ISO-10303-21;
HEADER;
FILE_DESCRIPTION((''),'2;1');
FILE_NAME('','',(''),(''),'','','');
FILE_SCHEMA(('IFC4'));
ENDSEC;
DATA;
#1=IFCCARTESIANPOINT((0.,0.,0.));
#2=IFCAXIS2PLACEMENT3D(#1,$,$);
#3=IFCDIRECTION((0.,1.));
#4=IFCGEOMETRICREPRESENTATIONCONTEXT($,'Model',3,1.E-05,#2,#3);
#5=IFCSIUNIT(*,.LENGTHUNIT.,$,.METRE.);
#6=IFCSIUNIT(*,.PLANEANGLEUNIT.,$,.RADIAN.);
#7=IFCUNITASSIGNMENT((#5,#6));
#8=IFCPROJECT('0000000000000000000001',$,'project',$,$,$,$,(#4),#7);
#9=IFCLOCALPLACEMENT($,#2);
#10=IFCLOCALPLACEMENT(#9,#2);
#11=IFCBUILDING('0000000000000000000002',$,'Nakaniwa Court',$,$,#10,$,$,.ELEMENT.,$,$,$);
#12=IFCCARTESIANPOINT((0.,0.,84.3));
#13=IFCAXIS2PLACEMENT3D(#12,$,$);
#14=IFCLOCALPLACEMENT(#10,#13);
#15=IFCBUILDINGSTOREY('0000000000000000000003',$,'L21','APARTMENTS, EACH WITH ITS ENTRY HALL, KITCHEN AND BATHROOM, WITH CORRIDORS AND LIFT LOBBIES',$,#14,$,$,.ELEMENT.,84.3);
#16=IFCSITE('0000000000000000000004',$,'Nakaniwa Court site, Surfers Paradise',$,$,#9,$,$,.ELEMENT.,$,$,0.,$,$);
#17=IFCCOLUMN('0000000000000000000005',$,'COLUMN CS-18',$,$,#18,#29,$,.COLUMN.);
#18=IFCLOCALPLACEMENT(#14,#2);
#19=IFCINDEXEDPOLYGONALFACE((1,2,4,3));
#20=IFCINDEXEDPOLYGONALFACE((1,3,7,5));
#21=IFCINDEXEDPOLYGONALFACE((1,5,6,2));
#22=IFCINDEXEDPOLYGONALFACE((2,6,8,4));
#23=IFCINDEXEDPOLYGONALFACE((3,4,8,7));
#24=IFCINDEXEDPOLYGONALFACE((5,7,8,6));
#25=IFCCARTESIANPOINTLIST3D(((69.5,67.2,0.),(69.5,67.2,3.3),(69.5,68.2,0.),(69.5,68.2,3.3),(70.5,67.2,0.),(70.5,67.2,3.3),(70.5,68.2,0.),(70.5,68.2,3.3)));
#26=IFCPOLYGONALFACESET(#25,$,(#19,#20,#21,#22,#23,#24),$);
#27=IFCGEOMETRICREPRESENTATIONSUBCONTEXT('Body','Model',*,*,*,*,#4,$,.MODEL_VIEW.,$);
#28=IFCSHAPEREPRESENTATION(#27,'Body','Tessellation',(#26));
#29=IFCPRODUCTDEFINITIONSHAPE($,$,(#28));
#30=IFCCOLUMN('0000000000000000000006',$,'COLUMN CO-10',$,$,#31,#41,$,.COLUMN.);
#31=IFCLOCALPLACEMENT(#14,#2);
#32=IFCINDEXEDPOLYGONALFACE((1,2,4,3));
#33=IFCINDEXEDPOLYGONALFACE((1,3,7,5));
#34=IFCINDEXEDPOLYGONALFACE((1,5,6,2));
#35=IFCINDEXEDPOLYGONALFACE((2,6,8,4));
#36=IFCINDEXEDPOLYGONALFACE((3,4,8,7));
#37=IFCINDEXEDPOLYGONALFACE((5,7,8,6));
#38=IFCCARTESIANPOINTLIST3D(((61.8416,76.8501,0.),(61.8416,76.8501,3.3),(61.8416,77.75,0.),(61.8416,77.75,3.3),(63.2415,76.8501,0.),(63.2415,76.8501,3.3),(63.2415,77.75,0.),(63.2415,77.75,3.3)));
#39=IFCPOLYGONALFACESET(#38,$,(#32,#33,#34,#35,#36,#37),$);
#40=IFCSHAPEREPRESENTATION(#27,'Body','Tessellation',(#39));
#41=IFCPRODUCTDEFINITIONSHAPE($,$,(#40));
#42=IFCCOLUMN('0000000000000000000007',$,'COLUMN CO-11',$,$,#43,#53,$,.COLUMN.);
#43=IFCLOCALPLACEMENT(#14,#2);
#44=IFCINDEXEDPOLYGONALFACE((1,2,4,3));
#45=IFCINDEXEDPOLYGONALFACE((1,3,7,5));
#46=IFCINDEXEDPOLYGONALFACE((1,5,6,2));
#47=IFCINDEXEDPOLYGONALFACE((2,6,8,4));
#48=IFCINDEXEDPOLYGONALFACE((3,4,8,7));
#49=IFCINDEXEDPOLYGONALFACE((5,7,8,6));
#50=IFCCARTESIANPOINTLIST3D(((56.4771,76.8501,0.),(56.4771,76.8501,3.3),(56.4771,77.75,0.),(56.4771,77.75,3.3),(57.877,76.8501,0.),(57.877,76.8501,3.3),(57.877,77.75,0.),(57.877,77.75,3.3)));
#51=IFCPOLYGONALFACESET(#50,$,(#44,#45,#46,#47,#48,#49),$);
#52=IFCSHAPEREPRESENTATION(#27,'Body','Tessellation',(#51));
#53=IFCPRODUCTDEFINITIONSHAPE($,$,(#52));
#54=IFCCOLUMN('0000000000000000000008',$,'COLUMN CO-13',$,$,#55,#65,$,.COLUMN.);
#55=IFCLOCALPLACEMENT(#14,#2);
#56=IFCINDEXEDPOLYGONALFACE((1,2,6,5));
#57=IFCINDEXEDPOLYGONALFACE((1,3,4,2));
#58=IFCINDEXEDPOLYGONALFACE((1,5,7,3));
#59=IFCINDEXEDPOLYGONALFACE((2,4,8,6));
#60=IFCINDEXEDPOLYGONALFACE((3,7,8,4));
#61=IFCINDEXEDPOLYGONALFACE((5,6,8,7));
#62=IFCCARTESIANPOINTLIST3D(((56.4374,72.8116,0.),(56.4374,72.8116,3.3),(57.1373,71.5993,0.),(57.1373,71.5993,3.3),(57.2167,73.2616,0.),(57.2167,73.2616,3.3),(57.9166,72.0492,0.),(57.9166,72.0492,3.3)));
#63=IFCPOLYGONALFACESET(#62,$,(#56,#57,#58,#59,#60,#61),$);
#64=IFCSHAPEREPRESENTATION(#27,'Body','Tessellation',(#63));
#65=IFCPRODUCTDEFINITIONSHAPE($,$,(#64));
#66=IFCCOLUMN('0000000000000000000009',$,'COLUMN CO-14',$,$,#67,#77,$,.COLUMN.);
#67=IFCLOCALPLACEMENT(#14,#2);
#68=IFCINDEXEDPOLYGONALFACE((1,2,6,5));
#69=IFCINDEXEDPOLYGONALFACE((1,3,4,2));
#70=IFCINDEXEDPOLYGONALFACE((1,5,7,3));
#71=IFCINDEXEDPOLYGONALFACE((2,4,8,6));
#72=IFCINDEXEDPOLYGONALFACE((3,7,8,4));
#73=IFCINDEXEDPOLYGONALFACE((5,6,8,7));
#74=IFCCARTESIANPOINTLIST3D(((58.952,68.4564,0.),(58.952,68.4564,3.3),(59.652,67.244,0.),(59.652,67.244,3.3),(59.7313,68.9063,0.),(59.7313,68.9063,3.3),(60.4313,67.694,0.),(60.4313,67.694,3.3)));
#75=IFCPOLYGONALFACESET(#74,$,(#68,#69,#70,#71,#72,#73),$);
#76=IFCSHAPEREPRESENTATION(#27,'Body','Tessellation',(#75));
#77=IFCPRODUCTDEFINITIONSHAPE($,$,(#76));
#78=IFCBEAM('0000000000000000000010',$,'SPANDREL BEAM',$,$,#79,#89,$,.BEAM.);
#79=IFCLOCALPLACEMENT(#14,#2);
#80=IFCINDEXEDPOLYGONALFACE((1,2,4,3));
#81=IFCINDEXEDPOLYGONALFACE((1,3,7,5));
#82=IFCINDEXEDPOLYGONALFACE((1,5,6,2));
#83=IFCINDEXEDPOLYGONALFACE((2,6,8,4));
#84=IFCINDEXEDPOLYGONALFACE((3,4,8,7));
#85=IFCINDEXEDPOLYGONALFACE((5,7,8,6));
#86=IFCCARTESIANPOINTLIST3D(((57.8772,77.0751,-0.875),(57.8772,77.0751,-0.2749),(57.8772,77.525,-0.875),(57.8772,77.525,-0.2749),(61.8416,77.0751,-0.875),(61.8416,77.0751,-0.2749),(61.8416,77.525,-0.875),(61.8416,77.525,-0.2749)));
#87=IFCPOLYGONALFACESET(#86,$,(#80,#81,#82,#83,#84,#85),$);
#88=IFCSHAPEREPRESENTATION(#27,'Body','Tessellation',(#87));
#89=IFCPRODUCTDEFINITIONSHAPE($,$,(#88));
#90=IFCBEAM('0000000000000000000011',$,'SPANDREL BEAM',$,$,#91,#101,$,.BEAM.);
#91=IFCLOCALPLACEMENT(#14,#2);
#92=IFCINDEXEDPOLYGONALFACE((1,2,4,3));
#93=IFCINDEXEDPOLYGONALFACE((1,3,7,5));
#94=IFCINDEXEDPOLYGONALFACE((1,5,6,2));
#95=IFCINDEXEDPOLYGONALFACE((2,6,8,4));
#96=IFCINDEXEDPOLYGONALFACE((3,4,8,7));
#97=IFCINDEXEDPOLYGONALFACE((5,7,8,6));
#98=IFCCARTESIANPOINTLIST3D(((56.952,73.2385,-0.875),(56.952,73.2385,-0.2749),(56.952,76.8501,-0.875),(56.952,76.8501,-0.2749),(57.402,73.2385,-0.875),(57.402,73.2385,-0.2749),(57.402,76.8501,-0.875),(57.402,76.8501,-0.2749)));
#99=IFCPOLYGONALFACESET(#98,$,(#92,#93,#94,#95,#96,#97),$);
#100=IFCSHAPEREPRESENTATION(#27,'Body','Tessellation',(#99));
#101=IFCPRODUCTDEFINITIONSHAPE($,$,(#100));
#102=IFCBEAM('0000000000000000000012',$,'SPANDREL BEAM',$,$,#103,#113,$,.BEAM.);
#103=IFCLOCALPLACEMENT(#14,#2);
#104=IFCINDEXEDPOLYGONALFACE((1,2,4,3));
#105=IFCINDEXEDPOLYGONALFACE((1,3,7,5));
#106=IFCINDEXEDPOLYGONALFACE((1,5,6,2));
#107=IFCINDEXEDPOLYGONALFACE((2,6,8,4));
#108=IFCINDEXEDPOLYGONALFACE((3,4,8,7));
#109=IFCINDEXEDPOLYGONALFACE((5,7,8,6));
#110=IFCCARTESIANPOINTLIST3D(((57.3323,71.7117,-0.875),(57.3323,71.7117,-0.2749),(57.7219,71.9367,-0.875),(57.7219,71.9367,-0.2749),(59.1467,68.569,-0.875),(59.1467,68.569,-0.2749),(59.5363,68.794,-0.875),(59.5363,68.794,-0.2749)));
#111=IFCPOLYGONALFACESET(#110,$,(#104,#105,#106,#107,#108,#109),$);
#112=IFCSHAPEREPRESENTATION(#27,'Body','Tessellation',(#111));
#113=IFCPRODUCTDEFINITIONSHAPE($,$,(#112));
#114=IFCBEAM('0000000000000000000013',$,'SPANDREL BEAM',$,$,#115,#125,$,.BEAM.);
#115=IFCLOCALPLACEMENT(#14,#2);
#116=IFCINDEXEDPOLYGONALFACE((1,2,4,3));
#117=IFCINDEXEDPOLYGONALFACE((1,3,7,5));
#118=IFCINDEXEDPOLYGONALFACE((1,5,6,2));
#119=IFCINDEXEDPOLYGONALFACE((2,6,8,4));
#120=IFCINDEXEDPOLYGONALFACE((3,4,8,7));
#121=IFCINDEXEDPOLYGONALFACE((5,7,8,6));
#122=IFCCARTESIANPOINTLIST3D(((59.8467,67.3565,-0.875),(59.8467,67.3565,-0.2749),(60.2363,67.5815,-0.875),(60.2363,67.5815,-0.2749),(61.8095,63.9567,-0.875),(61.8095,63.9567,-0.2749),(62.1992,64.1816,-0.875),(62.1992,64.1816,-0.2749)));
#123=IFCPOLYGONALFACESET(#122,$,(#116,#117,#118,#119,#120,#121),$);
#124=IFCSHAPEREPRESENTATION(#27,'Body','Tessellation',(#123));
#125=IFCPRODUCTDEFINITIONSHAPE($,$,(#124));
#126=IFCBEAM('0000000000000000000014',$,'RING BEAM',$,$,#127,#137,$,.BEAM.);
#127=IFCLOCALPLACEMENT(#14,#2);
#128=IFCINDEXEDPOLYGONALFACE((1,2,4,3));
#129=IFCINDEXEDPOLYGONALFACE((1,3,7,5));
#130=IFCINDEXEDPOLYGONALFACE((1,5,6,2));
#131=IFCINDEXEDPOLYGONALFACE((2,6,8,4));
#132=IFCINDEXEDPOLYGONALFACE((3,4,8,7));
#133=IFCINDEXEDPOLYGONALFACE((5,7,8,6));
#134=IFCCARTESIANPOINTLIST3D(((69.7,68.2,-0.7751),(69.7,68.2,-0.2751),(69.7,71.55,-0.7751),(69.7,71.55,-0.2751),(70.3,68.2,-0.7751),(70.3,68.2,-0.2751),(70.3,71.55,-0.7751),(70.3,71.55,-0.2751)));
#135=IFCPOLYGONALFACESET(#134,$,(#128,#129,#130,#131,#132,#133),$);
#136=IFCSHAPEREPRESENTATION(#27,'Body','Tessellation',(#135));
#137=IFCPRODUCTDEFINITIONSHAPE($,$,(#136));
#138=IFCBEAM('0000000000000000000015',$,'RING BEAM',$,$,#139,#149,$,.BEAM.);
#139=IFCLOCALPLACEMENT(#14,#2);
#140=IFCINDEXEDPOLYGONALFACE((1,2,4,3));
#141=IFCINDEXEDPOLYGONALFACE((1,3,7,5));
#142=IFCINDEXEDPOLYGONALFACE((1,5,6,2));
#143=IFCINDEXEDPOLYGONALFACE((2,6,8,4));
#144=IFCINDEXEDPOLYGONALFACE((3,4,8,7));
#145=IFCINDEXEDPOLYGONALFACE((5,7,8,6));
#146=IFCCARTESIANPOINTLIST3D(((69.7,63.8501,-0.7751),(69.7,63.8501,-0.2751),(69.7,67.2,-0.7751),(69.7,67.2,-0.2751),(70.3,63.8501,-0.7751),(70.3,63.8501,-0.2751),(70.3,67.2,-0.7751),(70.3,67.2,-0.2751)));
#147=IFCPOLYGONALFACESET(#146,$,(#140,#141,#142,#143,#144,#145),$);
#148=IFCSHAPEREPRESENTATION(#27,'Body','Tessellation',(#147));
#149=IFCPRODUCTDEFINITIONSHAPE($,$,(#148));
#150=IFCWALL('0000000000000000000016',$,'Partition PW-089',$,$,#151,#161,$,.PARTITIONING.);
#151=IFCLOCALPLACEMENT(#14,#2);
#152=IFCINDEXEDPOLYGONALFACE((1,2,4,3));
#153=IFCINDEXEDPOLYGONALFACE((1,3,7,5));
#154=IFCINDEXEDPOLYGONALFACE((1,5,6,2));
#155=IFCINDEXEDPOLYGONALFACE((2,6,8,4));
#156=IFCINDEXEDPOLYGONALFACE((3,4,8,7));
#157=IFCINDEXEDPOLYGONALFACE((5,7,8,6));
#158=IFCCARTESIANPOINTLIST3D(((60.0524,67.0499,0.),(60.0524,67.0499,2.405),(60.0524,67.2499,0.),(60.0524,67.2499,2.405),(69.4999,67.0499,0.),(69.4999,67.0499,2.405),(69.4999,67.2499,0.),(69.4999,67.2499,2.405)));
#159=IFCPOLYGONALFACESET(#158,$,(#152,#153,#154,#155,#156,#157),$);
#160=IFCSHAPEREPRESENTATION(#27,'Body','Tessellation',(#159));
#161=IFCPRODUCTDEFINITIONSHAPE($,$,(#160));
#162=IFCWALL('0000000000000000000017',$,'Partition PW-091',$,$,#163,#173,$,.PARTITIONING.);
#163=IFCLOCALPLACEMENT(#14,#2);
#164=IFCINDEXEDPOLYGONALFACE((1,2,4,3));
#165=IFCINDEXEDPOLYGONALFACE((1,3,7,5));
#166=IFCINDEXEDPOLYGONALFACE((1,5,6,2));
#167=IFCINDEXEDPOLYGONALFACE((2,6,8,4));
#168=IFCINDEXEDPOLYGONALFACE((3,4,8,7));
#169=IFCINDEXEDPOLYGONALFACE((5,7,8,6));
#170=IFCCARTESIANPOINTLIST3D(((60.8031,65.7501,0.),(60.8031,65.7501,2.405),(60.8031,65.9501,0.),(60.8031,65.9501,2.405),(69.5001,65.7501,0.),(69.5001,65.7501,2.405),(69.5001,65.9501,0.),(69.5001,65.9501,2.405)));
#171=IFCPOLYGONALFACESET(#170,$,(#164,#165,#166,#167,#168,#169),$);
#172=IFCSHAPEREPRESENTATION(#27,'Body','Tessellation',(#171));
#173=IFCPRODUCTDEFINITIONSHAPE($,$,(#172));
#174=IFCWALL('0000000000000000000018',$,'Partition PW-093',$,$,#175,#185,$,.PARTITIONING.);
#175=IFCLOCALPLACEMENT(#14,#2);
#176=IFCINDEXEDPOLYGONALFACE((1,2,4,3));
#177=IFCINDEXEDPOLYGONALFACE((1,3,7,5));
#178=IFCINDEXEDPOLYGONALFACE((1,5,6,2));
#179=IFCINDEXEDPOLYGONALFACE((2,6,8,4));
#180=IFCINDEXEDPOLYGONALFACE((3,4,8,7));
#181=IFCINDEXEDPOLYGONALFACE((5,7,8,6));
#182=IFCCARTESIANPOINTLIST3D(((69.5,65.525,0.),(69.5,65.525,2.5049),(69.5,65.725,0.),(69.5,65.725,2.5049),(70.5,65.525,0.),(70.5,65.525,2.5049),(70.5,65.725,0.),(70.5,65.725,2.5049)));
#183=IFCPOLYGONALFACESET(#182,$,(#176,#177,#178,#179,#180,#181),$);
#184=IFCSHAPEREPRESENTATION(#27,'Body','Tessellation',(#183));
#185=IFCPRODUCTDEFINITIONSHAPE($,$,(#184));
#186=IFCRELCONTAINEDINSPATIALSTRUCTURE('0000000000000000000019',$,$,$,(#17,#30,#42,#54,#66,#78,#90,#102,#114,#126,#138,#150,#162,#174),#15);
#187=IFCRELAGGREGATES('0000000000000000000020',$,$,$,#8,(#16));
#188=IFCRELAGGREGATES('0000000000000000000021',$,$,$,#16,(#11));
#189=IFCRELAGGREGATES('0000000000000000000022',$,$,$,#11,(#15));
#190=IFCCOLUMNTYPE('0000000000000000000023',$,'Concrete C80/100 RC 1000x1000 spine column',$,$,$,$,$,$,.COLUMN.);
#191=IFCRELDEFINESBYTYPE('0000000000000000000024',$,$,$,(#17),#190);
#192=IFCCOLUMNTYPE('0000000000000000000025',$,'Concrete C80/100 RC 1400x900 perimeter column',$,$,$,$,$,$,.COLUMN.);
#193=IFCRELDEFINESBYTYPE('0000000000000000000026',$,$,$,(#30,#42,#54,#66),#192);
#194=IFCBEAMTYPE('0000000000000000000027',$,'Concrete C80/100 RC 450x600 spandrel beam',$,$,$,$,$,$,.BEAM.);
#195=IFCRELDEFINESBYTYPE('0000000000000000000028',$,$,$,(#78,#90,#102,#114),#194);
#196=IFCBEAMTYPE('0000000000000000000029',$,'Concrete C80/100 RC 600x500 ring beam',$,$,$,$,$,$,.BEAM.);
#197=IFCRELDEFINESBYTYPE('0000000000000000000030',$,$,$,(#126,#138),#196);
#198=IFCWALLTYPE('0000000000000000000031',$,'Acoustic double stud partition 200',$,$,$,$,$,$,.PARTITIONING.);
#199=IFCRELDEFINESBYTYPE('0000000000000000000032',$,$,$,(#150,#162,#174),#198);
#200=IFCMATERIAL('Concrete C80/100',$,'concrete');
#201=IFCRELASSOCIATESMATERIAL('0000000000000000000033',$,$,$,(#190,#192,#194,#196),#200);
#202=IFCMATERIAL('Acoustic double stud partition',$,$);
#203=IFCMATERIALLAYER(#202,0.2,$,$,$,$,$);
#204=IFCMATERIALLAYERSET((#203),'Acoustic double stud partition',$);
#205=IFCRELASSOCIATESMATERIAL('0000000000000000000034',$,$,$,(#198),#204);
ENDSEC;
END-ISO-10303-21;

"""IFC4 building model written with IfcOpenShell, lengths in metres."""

from ifc_helpers import new_model, si_unit, direction, frame, frame_2d, origin, origin_2d, place, context, subcontext, project, spatial, rectangle, extrude, material, layer, layer_set, material_profile, profile_set, type_object, element, save


model = new_model("IFC4")

# Units and contexts
model_context = context("Model", 3, precision=1e-05, world=origin(), true_north=direction((0.0, 1.0)))
body_context = subcontext(model_context, "Body", "Model", "MODEL_VIEW")
ifc_project = project(units=[si_unit("LENGTHUNIT", "METRE"), si_unit("PLANEANGLEUNIT", "RADIAN")], contexts=[model_context])

# Site, building, storey
site_placement = place(None, origin())
site = spatial("IfcSite", under=ifc_project, at=site_placement, Name="Nakaniwa Court site, Surfers Paradise", CompositionType="ELEMENT", RefElevation=0.0)
building_placement = place(site_placement, origin())
building = spatial("IfcBuilding", under=site, at=building_placement, Name="Nakaniwa Court", CompositionType="ELEMENT")
storey_placement = place(building_placement, frame((0.0, 0.0, 84.3)))
storey = spatial("IfcBuildingStorey", under=building, at=storey_placement, Name="L21", Description="APARTMENTS, EACH WITH ITS ENTRY HALL, KITCHEN AND BATHROOM, WITH CORRIDORS AND LIFT LOBBIES", CompositionType="ELEMENT", Elevation=84.3)

# Columns
ifc_material_1 = material(Name="Concrete C80/100", Category="concrete")
ifc_material_profile_1 = material_profile(ifc_material_1, rectangle(XDim=1.0, YDim=1.0, at=origin_2d()), Name="Concrete C80/100 RC 1000x1000 spine column")
ifc_profile_set_1 = profile_set([ifc_material_profile_1], Name="Concrete C80/100")
column_type_1 = type_object("IfcColumnType", Name="Concrete C80/100 RC 1000x1000 spine column", PredefinedType="COLUMN", material=ifc_profile_set_1)
column_placement = place(storey_placement, frame((70.0, 67.7, 0.0), z_axis=(0.0, 0.0, 1.0), x_axis=(0.0, -1.0, 0.0)))
element("IfcColumn", 1, at=column_placement, inside=storey, type_object=column_type_1, Name="COLUMN CS-18", PredefinedType="COLUMN", context=body_context, shape_type="SweptSolid", body=[
    extrude(rectangle(XDim=1.0, YDim=1.0, at=origin_2d()), origin(), (0.0, 0.0, 1.0), 3.3),
])
ifc_material_profile_2 = material_profile(ifc_material_1, rectangle(XDim=1.3999, YDim=0.8999, at=origin_2d()), Name="Concrete C80/100 RC 1400x900 perimeter column")
ifc_profile_set_2 = profile_set([ifc_material_profile_2], Name="Concrete C80/100")
column_type_2 = type_object("IfcColumnType", Name="Concrete C80/100 RC 1400x900 perimeter column", PredefinedType="COLUMN", material=ifc_profile_set_2)
for number, where, z_axis, x_axis, name in (
    (2, (62.5415, 77.3, 0.0), (0.0, 0.0, 1.0), (-1.0, 0.0, 0.0), "COLUMN CO-10"),
    (3, (57.177, 77.3, 0.0), (0.0, 0.0, 1.0), (-1.0, 0.0, 0.0), "COLUMN CO-11"),
    (4, (57.177, 72.4304, 0.0), (0.0, 0.0, 1.0), (0.5, -0.866025, 0.0), "COLUMN CO-13"),
    (5, (59.6917, 68.0752, 0.0), (0.0, 0.0, 1.0), (0.5, -0.866025, 0.0), "COLUMN CO-14"),
):
    element("IfcColumn", number, at=place(storey_placement, frame(where, z_axis=z_axis, x_axis=x_axis)), inside=storey, type_object=column_type_2, Name=name, PredefinedType="COLUMN", context=body_context, shape_type="SweptSolid", body=[
        extrude(rectangle(XDim=1.3999, YDim=0.8999, at=origin_2d()), origin(), (0.0, 0.0, 1.0), 3.3),
    ])

# Beams
ifc_material_profile_3 = material_profile(ifc_material_1, rectangle(XDim=0.45, YDim=0.6001, at=origin_2d()), Name="Concrete C80/100 RC 450x600 spandrel beam")
ifc_profile_set_3 = profile_set([ifc_material_profile_3], Name="Concrete C80/100")
beam_type_1 = type_object("IfcBeamType", Name="Concrete C80/100 RC 450x600 spandrel beam", PredefinedType="BEAM", material=ifc_profile_set_3)
beam_1_placement = place(storey_placement, frame((61.8416, 77.3, -0.575), z_axis=(-1.0, 0.0, 0.0), x_axis=(0.0, -1.0, 0.0)))
element("IfcBeam", 6, at=beam_1_placement, inside=storey, type_object=beam_type_1, Name="SPANDREL BEAM", PredefinedType="BEAM", context=body_context, shape_type="SweptSolid", body=[
    extrude(rectangle(XDim=0.45, YDim=0.6001, at=origin_2d()), origin(), (0.0, 0.0, 1.0), 3.9644),
])
beam_2_placement = place(storey_placement, frame((57.177, 76.8501, -0.575), z_axis=(0.0, -1.0, 0.0), x_axis=(1.0, 0.0, 0.0)))
element("IfcBeam", 7, at=beam_2_placement, inside=storey, type_object=beam_type_1, Name="SPANDREL BEAM", PredefinedType="BEAM", context=body_context, shape_type="SweptSolid", body=[
    extrude(rectangle(XDim=0.45, YDim=0.6001, at=origin_2d()), origin(), (0.0, 0.0, 1.0), 3.6116),
])
beam_3_placement = place(storey_placement, frame((57.5271, 71.8242, -0.575), z_axis=(0.499988, -0.866032, 0.0), x_axis=(0.866032, 0.499988, 0.0)))
element("IfcBeam", 8, at=beam_3_placement, inside=storey, type_object=beam_type_1, Name="SPANDREL BEAM", PredefinedType="BEAM", context=body_context, shape_type="SweptSolid", body=[
    extrude(rectangle(XDim=0.45, YDim=0.6001, at=origin_2d()), origin(), (0.0, 0.0, 1.0), 3.6289),
])
beam_4_placement = place(storey_placement, frame((60.0415, 67.469, -0.575), z_axis=(0.499992, -0.86603, 0.0), x_axis=(0.86603, 0.499992, 0.0)))
element("IfcBeam", 9, at=beam_4_placement, inside=storey, type_object=beam_type_1, Name="SPANDREL BEAM", PredefinedType="BEAM", context=body_context, shape_type="SweptSolid", body=[
    extrude(rectangle(XDim=0.45, YDim=0.6001, at=origin_2d()), origin(), (0.0, 0.0, 1.0), 3.9258),
])
ifc_material_profile_4 = material_profile(ifc_material_1, rectangle(XDim=0.6001, YDim=0.5, at=origin_2d()), Name="Concrete C80/100 RC 600x500 ring beam")
ifc_profile_set_4 = profile_set([ifc_material_profile_4], Name="Concrete C80/100")
beam_type_2 = type_object("IfcBeamType", Name="Concrete C80/100 RC 600x500 ring beam", PredefinedType="BEAM", material=ifc_profile_set_4)
beam_5_placement = place(storey_placement, frame((70.0, 71.55, -0.5251), z_axis=(0.0, -1.0, 0.0), x_axis=(1.0, 0.0, 0.0)))
element("IfcBeam", 10, at=beam_5_placement, inside=storey, type_object=beam_type_2, Name="RING BEAM", PredefinedType="BEAM", context=body_context, shape_type="SweptSolid", body=[
    extrude(rectangle(XDim=0.6001, YDim=0.5, at=origin_2d()), origin(), (0.0, 0.0, 1.0), 3.3501),
])
beam_6_placement = place(storey_placement, frame((70.0, 67.2, -0.5251), z_axis=(0.0, -1.0, 0.0), x_axis=(1.0, 0.0, 0.0)))
element("IfcBeam", 11, at=beam_6_placement, inside=storey, type_object=beam_type_2, Name="RING BEAM", PredefinedType="BEAM", context=body_context, shape_type="SweptSolid", body=[
    extrude(rectangle(XDim=0.6001, YDim=0.5, at=origin_2d()), origin(), (0.0, 0.0, 1.0), 3.3499),
])

# Walls
ifc_material_2 = material(Name="Acoustic double stud partition")
ifc_layer_1 = layer(ifc_material_2, 0.2)
ifc_layer_set_1 = layer_set([ifc_layer_1], Name="Acoustic double stud partition")
wall_type_1 = type_object("IfcWallType", Name="Acoustic double stud partition 200", PredefinedType="PARTITIONING", material=ifc_layer_set_1)
wall_1_placement = place(storey_placement, frame((60.0525, 67.1499, 0.0), z_axis=(0.0, 0.0, 1.0), x_axis=(1.0, 0.0, 0.0)))
element("IfcWall", 12, at=wall_1_placement, inside=storey, type_object=wall_type_1, Name="Partition PW-089", PredefinedType="PARTITIONING", context=body_context, shape_type="SweptSolid", body=[
    extrude(rectangle(XDim=9.4475, YDim=0.2, at=frame_2d((4.7236, 0.0))), origin(), (0.0, 0.0, 1.0), 2.405),
])
wall_2_placement = place(storey_placement, frame((60.803, 65.8501, 0.0), z_axis=(0.0, 0.0, 1.0), x_axis=(1.0, 0.0, 0.0)))
element("IfcWall", 13, at=wall_2_placement, inside=storey, type_object=wall_type_1, Name="Partition PW-091", PredefinedType="PARTITIONING", context=body_context, shape_type="SweptSolid", body=[
    extrude(rectangle(XDim=8.697, YDim=0.2, at=frame_2d((4.3486, 0.0))), origin(), (0.0, 0.0, 1.0), 2.405),
])
wall_3_placement = place(storey_placement, frame((69.5, 65.625, 0.0), z_axis=(0.0, 0.0, 1.0), x_axis=(1.0, 0.0, 0.0)))
element("IfcWall", 14, at=wall_3_placement, inside=storey, type_object=wall_type_1, Name="Partition PW-093", PredefinedType="PARTITIONING", context=body_context, shape_type="SweptSolid", body=[
    extrude(rectangle(XDim=1.0, YDim=0.2, at=frame_2d((0.5, 0.0))), origin(), (0.0, 0.0, 1.0), 2.5049),
])

save(model, "model.ifc")
